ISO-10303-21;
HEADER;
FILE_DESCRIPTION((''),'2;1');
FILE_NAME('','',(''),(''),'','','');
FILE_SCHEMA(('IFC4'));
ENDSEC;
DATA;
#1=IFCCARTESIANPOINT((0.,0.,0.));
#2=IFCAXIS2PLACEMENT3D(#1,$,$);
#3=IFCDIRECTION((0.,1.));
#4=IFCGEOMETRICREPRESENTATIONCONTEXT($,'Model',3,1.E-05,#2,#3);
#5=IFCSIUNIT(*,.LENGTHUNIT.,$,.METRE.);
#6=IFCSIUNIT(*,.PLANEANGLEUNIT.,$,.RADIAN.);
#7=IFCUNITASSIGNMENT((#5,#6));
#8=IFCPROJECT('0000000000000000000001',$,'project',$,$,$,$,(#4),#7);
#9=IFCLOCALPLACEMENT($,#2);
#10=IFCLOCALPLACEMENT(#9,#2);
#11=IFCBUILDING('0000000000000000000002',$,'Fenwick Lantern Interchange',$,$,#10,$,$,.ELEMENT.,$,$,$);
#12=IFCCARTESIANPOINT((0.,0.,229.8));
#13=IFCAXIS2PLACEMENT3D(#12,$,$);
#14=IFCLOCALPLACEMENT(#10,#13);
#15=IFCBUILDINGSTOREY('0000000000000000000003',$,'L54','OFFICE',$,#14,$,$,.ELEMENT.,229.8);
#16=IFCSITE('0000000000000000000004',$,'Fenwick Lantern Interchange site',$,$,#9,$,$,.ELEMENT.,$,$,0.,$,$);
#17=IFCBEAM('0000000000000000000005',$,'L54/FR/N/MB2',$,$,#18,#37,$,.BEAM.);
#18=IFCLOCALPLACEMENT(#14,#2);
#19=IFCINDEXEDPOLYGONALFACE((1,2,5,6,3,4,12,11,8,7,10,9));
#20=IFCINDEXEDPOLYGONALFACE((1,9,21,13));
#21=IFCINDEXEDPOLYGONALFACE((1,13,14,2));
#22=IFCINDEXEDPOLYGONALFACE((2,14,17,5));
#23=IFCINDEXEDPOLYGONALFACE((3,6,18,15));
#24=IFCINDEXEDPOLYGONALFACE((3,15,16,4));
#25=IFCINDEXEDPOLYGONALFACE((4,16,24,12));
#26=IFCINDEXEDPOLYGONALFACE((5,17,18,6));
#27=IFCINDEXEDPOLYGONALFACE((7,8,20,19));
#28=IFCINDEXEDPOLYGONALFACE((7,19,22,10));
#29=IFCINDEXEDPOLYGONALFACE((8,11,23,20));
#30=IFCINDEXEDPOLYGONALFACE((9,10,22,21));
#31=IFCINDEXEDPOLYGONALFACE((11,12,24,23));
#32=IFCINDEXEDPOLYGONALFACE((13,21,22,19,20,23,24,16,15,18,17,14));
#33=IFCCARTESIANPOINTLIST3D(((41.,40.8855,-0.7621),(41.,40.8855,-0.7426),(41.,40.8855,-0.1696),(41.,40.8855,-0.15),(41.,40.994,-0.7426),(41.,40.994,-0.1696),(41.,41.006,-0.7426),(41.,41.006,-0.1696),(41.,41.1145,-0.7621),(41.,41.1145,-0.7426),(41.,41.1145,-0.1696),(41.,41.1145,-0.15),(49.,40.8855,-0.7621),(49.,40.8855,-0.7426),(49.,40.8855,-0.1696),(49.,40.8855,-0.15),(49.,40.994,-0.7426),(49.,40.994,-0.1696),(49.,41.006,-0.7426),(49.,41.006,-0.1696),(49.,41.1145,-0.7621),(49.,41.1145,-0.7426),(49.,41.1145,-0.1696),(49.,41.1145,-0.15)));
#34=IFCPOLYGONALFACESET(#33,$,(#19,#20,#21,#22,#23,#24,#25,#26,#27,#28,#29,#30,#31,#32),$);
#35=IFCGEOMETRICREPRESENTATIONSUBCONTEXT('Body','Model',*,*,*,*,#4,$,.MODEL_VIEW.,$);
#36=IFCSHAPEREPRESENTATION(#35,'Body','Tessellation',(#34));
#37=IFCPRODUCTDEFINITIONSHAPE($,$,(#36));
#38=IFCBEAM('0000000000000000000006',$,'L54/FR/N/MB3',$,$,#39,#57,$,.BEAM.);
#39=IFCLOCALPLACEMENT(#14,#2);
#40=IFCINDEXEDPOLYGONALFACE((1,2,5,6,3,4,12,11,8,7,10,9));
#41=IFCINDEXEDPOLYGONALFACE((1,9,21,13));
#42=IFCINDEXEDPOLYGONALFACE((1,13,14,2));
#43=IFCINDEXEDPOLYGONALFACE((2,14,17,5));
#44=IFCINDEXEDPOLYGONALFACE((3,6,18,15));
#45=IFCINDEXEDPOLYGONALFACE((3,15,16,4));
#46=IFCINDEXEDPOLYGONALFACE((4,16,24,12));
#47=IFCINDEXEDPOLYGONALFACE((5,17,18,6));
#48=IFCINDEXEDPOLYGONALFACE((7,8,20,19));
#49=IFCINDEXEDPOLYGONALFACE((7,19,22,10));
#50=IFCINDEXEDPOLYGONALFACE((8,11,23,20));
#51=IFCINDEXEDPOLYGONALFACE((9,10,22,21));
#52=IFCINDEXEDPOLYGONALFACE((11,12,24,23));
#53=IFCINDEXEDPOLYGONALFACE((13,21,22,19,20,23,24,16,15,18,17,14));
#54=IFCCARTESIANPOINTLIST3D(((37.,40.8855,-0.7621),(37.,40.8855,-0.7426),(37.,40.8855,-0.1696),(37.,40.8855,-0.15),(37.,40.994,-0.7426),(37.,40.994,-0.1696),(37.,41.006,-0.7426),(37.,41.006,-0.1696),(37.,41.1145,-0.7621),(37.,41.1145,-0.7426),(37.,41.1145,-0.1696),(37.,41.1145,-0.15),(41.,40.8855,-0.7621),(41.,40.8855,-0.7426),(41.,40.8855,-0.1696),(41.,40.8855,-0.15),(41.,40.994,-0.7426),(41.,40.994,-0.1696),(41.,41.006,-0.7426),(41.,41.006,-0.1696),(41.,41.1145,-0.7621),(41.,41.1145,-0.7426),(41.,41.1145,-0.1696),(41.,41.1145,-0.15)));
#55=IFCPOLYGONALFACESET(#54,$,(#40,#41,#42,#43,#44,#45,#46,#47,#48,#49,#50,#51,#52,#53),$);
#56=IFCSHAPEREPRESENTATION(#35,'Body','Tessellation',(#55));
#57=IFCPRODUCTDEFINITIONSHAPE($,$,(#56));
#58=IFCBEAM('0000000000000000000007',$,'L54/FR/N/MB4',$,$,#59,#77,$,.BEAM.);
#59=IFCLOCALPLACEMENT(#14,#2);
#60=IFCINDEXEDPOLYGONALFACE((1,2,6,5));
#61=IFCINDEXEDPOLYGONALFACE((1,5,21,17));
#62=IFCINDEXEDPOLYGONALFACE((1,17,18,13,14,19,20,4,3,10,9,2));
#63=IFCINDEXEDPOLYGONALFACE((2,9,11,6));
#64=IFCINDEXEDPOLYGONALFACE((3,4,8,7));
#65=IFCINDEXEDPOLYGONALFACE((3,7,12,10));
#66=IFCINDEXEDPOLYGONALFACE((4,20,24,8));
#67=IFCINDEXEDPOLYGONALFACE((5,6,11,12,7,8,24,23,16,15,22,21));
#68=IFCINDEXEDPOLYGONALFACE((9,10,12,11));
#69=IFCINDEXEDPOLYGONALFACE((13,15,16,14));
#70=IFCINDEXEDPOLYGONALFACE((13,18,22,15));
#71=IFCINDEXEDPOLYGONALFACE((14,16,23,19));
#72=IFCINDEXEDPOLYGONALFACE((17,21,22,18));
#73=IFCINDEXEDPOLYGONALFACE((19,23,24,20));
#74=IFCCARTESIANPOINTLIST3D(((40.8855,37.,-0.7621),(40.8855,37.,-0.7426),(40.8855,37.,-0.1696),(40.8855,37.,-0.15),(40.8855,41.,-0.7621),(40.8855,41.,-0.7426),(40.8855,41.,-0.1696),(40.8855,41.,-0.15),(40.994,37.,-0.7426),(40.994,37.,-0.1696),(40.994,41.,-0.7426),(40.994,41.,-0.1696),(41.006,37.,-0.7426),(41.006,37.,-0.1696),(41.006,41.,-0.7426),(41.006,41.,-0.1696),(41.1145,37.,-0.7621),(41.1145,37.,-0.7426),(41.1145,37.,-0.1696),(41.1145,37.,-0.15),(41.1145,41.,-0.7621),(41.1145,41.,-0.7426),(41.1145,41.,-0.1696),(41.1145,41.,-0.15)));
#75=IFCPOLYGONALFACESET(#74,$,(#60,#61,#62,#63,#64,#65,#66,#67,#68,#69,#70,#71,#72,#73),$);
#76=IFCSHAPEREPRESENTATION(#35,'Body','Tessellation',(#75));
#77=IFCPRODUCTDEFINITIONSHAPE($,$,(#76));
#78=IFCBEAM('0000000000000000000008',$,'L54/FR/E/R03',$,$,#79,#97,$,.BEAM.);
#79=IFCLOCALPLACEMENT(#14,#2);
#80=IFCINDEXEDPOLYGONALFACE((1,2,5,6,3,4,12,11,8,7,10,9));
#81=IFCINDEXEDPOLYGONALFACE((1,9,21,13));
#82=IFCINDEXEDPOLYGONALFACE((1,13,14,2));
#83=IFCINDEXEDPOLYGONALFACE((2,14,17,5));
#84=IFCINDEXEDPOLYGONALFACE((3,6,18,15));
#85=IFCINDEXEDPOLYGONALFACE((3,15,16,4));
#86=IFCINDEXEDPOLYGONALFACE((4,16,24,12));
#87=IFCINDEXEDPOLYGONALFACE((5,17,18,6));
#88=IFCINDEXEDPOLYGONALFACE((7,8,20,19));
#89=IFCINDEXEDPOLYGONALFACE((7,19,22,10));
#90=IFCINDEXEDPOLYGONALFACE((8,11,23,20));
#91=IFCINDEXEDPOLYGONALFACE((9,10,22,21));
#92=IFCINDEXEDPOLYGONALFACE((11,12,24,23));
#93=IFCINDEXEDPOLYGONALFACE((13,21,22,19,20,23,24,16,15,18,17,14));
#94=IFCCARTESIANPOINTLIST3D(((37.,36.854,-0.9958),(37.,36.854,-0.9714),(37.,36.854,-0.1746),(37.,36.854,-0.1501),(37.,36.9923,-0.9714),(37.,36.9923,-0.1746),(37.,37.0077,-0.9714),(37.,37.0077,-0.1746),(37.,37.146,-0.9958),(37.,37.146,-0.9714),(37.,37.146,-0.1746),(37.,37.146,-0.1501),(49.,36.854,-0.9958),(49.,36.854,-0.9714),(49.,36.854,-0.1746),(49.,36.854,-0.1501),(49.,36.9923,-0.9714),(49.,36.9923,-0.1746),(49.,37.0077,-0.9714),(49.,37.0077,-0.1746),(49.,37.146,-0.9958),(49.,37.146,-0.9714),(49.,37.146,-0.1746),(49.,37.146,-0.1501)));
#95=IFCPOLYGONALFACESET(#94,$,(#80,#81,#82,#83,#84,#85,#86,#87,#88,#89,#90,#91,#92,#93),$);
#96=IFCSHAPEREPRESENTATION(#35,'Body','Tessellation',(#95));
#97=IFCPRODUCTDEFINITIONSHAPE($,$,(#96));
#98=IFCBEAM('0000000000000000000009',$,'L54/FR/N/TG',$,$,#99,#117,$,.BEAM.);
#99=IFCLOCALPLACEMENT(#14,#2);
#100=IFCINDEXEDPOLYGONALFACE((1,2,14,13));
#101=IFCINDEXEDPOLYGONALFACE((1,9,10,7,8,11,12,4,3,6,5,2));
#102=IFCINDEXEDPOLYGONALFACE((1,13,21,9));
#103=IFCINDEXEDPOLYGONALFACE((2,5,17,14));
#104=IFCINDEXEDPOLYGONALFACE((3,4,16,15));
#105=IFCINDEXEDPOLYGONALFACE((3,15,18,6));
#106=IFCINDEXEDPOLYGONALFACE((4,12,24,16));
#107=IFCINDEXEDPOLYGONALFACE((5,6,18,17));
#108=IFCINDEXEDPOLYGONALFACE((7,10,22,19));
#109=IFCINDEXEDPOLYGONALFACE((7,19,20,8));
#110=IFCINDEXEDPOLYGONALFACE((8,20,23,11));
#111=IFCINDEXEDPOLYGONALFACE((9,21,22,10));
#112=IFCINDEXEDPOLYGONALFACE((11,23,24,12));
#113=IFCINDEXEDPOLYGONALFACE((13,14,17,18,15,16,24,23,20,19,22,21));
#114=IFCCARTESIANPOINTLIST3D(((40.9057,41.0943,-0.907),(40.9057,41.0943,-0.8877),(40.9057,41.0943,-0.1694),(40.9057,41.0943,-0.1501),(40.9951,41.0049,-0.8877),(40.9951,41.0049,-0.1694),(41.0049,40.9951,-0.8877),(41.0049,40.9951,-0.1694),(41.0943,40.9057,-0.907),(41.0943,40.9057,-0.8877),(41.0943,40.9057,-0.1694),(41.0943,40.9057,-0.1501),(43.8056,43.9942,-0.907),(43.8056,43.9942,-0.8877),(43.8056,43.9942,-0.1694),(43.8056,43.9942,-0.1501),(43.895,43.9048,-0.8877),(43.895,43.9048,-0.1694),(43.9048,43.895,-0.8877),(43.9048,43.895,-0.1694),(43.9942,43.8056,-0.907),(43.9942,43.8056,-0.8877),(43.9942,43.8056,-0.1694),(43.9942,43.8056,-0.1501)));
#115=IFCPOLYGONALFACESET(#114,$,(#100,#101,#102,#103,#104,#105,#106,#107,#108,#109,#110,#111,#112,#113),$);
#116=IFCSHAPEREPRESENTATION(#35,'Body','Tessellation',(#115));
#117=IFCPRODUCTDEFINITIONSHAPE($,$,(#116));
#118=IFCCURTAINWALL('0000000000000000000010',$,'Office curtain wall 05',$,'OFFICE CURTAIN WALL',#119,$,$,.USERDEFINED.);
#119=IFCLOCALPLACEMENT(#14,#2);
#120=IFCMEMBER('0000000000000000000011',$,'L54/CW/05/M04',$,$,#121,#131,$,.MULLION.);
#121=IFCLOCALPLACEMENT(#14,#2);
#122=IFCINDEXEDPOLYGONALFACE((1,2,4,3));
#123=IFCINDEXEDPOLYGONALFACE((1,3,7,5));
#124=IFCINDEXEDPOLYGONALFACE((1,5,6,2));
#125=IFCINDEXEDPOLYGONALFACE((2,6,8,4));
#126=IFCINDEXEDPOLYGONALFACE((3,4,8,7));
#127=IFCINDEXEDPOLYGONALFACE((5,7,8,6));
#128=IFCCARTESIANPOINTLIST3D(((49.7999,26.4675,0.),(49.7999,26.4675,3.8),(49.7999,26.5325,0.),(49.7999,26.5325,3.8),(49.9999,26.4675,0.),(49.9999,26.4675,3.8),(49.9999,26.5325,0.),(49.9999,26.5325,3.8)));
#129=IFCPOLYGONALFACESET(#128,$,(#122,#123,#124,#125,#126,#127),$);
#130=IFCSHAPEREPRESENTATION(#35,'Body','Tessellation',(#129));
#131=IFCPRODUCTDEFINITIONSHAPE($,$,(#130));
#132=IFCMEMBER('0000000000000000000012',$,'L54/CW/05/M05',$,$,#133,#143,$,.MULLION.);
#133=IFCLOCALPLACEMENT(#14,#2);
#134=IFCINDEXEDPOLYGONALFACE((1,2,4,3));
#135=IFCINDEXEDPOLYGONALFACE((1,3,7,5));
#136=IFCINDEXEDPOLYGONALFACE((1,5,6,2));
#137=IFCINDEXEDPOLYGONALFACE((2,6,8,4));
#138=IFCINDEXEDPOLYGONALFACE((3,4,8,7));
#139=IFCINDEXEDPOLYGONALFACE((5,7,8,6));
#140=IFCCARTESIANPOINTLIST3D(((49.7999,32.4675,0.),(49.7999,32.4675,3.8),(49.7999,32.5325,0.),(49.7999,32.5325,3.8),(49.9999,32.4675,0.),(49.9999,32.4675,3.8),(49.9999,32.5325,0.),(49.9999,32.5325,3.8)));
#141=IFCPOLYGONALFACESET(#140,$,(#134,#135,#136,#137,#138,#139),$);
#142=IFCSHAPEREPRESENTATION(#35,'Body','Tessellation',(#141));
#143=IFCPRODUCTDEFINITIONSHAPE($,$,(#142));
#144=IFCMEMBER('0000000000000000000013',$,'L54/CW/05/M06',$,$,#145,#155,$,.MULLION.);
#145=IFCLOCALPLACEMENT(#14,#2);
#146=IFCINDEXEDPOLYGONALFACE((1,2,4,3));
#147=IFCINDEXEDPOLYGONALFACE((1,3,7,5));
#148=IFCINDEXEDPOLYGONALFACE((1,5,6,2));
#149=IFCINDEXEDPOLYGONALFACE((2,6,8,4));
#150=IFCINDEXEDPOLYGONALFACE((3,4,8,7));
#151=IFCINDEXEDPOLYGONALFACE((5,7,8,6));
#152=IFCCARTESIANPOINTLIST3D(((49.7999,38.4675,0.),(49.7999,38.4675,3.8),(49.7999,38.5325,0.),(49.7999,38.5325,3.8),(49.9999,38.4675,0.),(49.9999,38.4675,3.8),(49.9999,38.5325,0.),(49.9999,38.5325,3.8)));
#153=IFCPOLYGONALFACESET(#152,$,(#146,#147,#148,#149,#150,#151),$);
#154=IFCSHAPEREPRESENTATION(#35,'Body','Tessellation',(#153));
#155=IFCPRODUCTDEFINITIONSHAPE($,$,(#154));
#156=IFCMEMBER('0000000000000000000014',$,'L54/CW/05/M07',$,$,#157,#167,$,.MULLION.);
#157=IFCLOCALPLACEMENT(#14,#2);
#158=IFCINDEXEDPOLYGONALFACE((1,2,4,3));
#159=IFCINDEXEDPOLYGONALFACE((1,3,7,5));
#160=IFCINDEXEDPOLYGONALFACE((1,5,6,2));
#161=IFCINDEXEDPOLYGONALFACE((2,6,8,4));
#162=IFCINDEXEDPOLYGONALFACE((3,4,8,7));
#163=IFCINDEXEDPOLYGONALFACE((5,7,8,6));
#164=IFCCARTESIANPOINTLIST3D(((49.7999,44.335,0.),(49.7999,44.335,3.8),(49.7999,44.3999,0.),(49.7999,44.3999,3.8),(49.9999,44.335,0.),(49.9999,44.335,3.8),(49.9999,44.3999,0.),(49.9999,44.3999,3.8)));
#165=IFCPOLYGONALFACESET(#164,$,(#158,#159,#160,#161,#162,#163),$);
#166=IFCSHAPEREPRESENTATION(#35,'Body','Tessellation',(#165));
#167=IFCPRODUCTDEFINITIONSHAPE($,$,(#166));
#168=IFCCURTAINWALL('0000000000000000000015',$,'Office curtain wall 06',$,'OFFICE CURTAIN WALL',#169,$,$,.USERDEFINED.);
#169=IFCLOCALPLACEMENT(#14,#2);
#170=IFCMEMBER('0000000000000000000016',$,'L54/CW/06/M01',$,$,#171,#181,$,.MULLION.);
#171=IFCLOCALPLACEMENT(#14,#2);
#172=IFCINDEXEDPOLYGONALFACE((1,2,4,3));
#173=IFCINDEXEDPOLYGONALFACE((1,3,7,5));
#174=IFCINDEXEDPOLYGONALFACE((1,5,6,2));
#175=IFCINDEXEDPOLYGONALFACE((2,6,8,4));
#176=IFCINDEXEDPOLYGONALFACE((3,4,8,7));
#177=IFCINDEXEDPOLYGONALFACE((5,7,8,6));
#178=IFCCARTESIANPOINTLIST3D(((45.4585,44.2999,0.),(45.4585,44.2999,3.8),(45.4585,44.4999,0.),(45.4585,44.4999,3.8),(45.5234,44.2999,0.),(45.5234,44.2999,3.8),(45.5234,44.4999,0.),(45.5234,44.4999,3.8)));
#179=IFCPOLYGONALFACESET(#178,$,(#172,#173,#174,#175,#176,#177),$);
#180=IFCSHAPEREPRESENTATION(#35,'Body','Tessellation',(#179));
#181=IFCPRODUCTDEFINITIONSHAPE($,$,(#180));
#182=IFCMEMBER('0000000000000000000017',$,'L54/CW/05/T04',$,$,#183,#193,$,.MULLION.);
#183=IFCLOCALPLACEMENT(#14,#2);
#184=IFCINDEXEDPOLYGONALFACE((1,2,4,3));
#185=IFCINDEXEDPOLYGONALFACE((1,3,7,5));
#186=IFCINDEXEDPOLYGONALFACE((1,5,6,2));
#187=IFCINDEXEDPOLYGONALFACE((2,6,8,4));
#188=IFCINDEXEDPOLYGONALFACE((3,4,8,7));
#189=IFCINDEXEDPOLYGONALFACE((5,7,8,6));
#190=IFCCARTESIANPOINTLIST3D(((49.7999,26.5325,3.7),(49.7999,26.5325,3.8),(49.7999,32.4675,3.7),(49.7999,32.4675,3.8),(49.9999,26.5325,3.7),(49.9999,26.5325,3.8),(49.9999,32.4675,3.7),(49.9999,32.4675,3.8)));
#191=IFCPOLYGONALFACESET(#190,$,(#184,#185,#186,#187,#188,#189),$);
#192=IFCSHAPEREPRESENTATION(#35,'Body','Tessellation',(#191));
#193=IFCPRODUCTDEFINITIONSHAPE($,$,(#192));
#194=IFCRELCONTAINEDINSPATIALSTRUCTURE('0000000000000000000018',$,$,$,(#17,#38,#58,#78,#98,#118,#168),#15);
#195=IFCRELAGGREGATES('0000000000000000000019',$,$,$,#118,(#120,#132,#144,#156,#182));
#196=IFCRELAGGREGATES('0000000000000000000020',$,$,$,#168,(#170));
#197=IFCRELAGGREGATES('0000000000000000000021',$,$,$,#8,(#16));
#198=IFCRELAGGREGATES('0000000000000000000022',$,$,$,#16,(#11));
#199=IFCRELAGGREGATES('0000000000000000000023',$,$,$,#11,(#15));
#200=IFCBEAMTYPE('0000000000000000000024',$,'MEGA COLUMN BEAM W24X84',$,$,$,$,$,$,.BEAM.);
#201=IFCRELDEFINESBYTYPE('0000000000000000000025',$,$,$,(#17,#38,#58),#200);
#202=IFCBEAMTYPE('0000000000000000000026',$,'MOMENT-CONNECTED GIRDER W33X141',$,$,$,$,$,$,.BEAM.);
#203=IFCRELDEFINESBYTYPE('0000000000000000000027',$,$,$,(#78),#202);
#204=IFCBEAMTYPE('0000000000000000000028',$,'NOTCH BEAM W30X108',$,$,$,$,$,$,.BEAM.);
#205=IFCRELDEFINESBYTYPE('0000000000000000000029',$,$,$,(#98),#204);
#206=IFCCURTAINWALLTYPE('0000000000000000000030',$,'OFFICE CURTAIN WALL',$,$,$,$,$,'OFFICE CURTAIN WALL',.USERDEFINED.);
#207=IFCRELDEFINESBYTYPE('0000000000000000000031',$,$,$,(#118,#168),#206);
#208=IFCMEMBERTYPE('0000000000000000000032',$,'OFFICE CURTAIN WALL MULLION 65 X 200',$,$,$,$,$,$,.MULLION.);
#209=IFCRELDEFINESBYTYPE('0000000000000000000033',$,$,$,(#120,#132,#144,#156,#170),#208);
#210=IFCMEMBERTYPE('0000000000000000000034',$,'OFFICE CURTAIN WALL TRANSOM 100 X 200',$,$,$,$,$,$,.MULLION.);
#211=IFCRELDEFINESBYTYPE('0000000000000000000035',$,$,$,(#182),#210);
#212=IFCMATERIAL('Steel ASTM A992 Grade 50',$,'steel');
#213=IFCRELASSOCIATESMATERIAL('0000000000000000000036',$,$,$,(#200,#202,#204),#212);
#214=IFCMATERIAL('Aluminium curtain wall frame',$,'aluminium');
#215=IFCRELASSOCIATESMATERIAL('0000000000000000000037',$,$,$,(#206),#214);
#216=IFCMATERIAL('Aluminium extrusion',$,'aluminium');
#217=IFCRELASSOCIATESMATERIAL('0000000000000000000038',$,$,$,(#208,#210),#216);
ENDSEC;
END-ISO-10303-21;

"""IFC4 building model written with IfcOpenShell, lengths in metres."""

from ifc_helpers import new_model, si_unit, direction, frame, origin, origin_2d, place, context, subcontext, project, spatial, rectangle, i_section, extrude, material, material_profile, profile_set, type_object, element, aggregate, save


model = new_model("IFC4")

# Units and contexts
model_context = context("Model", 3, precision=1e-05, world=origin(), true_north=direction((0.0, 1.0)))
body_context = subcontext(model_context, "Body", "Model", "MODEL_VIEW")
ifc_project = project(units=[si_unit("LENGTHUNIT", "METRE"), si_unit("PLANEANGLEUNIT", "RADIAN")], contexts=[model_context])

# Site, building, storey
site_placement = place(None, origin())
site = spatial("IfcSite", under=ifc_project, at=site_placement, Name="Fenwick Lantern Interchange site", CompositionType="ELEMENT", RefElevation=0.0)
building_placement = place(site_placement, origin())
building = spatial("IfcBuilding", under=site, at=building_placement, Name="Fenwick Lantern Interchange", CompositionType="ELEMENT")
storey_placement = place(building_placement, frame((0.0, 0.0, 229.8)))
storey = spatial("IfcBuildingStorey", under=building, at=storey_placement, Name="L54", Description="OFFICE", CompositionType="ELEMENT", Elevation=229.8)

# Shared definitions
ifc_material_1 = material(Name="Steel ASTM A992 Grade 50", Category="steel")

# Beams
ifc_material_profile_1 = material_profile(ifc_material_1, i_section(OverallWidth=0.229, OverallDepth=0.6121, WebThickness=0.012, FlangeThickness=0.0195, at=origin_2d()), Name="W24X84")
ifc_profile_set_1 = profile_set([ifc_material_profile_1], Name="Steel ASTM A992 Grade 50")
beam_type_1 = type_object("IfcBeamType", Name="MEGA COLUMN BEAM W24X84", PredefinedType="BEAM", material=ifc_profile_set_1)
beam_1_placement = place(storey_placement, frame((41.0, 41.0, -0.4561), z_axis=(1.0, 0.0, 0.0), x_axis=(0.0, 1.0, 0.0)))
element("IfcBeam", 1, at=beam_1_placement, inside=storey, type_object=beam_type_1, Name="L54/FR/N/MB2", PredefinedType="BEAM", context=body_context, shape_type="SweptSolid", body=[
    extrude(i_section(OverallWidth=0.229, OverallDepth=0.6121, WebThickness=0.012, FlangeThickness=0.0195, at=origin_2d()), origin(), (0.0, 0.0, 1.0), 8.0),
])
for number, where, z_axis, x_axis, name in (
    (2, (41.0, 41.0, -0.4561), (-1.0, 0.0, 0.0), (0.0, -1.0, 0.0), "L54/FR/N/MB3"),
    (3, (41.0, 41.0, -0.4561), (0.0, -1.0, 0.0), (1.0, 0.0, 0.0), "L54/FR/N/MB4"),
):
    element("IfcBeam", number, at=place(storey_placement, frame(where, z_axis=z_axis, x_axis=x_axis)), inside=storey, type_object=beam_type_1, Name=name, PredefinedType="BEAM", context=body_context, shape_type="SweptSolid", body=[
        extrude(i_section(OverallWidth=0.229, OverallDepth=0.6121, WebThickness=0.012, FlangeThickness=0.0195, at=origin_2d()), origin(), (0.0, 0.0, 1.0), 4.0),
    ])
ifc_material_profile_2 = material_profile(ifc_material_1, i_section(OverallWidth=0.292, OverallDepth=0.8457, WebThickness=0.0154, FlangeThickness=0.0244, at=origin_2d()), Name="W33X141")
ifc_profile_set_2 = profile_set([ifc_material_profile_2], Name="Steel ASTM A992 Grade 50")
beam_type_2 = type_object("IfcBeamType", Name="MOMENT-CONNECTED GIRDER W33X141", PredefinedType="BEAM", material=ifc_profile_set_2)
beam_2_placement = place(storey_placement, frame((49.0, 37.0, -0.573), z_axis=(-1.0, 0.0, 0.0), x_axis=(0.0, -1.0, 0.0)))
element("IfcBeam", 4, at=beam_2_placement, inside=storey, type_object=beam_type_2, Name="L54/FR/E/R03", PredefinedType="BEAM", context=body_context, shape_type="SweptSolid", body=[
    extrude(i_section(OverallWidth=0.292, OverallDepth=0.8457, WebThickness=0.0154, FlangeThickness=0.0244, at=origin_2d()), origin(), (0.0, 0.0, 1.0), 12.0),
])
ifc_material_profile_3 = material_profile(ifc_material_1, i_section(OverallWidth=0.2666, OverallDepth=0.7568, WebThickness=0.0139, FlangeThickness=0.0193, at=origin_2d()), Name="W30X108")
ifc_profile_set_3 = profile_set([ifc_material_profile_3], Name="Steel ASTM A992 Grade 50")
beam_type_3 = type_object("IfcBeamType", Name="NOTCH BEAM W30X108", PredefinedType="BEAM", material=ifc_profile_set_3)
beam_3_placement = place(storey_placement, frame((41.0, 41.0, -0.5286), z_axis=(0.707107, 0.707107, 0.0), x_axis=(-0.707107, 0.707107, 0.0)))
element("IfcBeam", 5, at=beam_3_placement, inside=storey, type_object=beam_type_3, Name="L54/FR/N/TG", PredefinedType="BEAM", context=body_context, shape_type="SweptSolid", body=[
    extrude(i_section(OverallWidth=0.2666, OverallDepth=0.7568, WebThickness=0.0139, FlangeThickness=0.0193, at=origin_2d()), origin(), (0.0, 0.0, 1.0), 4.1011),
])

# Curtain wall, members
ifc_material_2 = material(Name="Aluminium curtain wall frame", Category="aluminium")
curtain_wall_type = type_object("IfcCurtainWallType", Name="OFFICE CURTAIN WALL", ElementType="OFFICE CURTAIN WALL", PredefinedType="USERDEFINED", material=ifc_material_2)
curtain_wall_1_placement = place(storey_placement, origin())
curtain_wall_1 = element("IfcCurtainWall", 6, at=curtain_wall_1_placement, inside=storey, type_object=curtain_wall_type, Name="Office curtain wall 05", ObjectType="OFFICE CURTAIN WALL", PredefinedType="USERDEFINED")
ifc_material_3 = material(Name="Aluminium extrusion", Category="aluminium")
ifc_material_profile_4 = material_profile(ifc_material_3, rectangle(XDim=0.2, YDim=0.0649, at=origin_2d()), Name="OFFICE CURTAIN WALL MULLION 65 X 200")
ifc_profile_set_4 = profile_set([ifc_material_profile_4], Name="Aluminium extrusion")
member_type_1 = type_object("IfcMemberType", Name="OFFICE CURTAIN WALL MULLION 65 X 200", PredefinedType="MULLION", material=ifc_profile_set_4)
member_1_placement = place(storey_placement, frame((49.8999, 26.5, 0.0), z_axis=(0.0, 0.0, 1.0), x_axis=(-1.0, 0.0, 0.0)))
member_1 = element("IfcMember", 7, at=member_1_placement, type_object=member_type_1, Name="L54/CW/05/M04", PredefinedType="MULLION", context=body_context, shape_type="SweptSolid", body=[
    extrude(rectangle(XDim=0.2, YDim=0.0649, at=origin_2d()), origin(), (0.0, 0.0, 1.0), 3.8),
])
member_2_placement = place(storey_placement, frame((49.8999, 32.5, 0.0), z_axis=(0.0, 0.0, 1.0), x_axis=(-1.0, 0.0, 0.0)))
member_2 = element("IfcMember", 8, at=member_2_placement, type_object=member_type_1, Name="L54/CW/05/M05", PredefinedType="MULLION", context=body_context, shape_type="SweptSolid", body=[
    extrude(rectangle(XDim=0.2, YDim=0.0649, at=origin_2d()), origin(), (0.0, 0.0, 1.0), 3.8),
])
member_3_placement = place(storey_placement, frame((49.8999, 38.5, 0.0), z_axis=(0.0, 0.0, 1.0), x_axis=(-1.0, 0.0, 0.0)))
member_3 = element("IfcMember", 9, at=member_3_placement, type_object=member_type_1, Name="L54/CW/05/M06", PredefinedType="MULLION", context=body_context, shape_type="SweptSolid", body=[
    extrude(rectangle(XDim=0.2, YDim=0.0649, at=origin_2d()), origin(), (0.0, 0.0, 1.0), 3.8),
])
member_4_placement = place(storey_placement, frame((49.8999, 44.3674, 0.0), z_axis=(0.0, 0.0, 1.0), x_axis=(-1.0, 0.0, 0.0)))
member_4 = element("IfcMember", 10, at=member_4_placement, type_object=member_type_1, Name="L54/CW/05/M07", PredefinedType="MULLION", context=body_context, shape_type="SweptSolid", body=[
    extrude(rectangle(XDim=0.2, YDim=0.0649, at=origin_2d()), origin(), (0.0, 0.0, 1.0), 3.8),
])

# Curtain wall, member
curtain_wall_2_placement = place(storey_placement, origin())
curtain_wall_2 = element("IfcCurtainWall", 11, at=curtain_wall_2_placement, inside=storey, type_object=curtain_wall_type, Name="Office curtain wall 06", ObjectType="OFFICE CURTAIN WALL", PredefinedType="USERDEFINED")
member_5_placement = place(storey_placement, frame((45.491, 44.3999, 0.0), z_axis=(0.0, 0.0, 1.0), x_axis=(0.0, -1.0, 0.0)))
member_5 = element("IfcMember", 12, at=member_5_placement, type_object=member_type_1, Name="L54/CW/06/M01", PredefinedType="MULLION", context=body_context, shape_type="SweptSolid", body=[
    extrude(rectangle(XDim=0.2, YDim=0.0649, at=origin_2d()), origin(), (0.0, 0.0, 1.0), 3.8),
])

# Member
ifc_material_profile_5 = material_profile(ifc_material_3, rectangle(XDim=0.2, YDim=0.1001, at=origin_2d()), Name="OFFICE CURTAIN WALL TRANSOM 100 X 200")
ifc_profile_set_5 = profile_set([ifc_material_profile_5], Name="Aluminium extrusion")
member_type_2 = type_object("IfcMemberType", Name="OFFICE CURTAIN WALL TRANSOM 100 X 200", PredefinedType="MULLION", material=ifc_profile_set_5)
member_6_placement = place(storey_placement, frame((49.8999, 26.5325, 3.75), z_axis=(0.0, 1.0, 0.0), x_axis=(-1.0, 0.0, 0.0)))
member_6 = element("IfcMember", 13, at=member_6_placement, type_object=member_type_2, Name="L54/CW/05/T04", PredefinedType="MULLION", context=body_context, shape_type="SweptSolid", body=[
    extrude(rectangle(XDim=0.2, YDim=0.1001, at=origin_2d()), origin(), (0.0, 0.0, 1.0), 5.9351),
])
aggregate(curtain_wall_1, [member_1, member_2, member_3, member_4, member_6])

aggregate(curtain_wall_2, [member_5])

save(model, "model.ifc")
